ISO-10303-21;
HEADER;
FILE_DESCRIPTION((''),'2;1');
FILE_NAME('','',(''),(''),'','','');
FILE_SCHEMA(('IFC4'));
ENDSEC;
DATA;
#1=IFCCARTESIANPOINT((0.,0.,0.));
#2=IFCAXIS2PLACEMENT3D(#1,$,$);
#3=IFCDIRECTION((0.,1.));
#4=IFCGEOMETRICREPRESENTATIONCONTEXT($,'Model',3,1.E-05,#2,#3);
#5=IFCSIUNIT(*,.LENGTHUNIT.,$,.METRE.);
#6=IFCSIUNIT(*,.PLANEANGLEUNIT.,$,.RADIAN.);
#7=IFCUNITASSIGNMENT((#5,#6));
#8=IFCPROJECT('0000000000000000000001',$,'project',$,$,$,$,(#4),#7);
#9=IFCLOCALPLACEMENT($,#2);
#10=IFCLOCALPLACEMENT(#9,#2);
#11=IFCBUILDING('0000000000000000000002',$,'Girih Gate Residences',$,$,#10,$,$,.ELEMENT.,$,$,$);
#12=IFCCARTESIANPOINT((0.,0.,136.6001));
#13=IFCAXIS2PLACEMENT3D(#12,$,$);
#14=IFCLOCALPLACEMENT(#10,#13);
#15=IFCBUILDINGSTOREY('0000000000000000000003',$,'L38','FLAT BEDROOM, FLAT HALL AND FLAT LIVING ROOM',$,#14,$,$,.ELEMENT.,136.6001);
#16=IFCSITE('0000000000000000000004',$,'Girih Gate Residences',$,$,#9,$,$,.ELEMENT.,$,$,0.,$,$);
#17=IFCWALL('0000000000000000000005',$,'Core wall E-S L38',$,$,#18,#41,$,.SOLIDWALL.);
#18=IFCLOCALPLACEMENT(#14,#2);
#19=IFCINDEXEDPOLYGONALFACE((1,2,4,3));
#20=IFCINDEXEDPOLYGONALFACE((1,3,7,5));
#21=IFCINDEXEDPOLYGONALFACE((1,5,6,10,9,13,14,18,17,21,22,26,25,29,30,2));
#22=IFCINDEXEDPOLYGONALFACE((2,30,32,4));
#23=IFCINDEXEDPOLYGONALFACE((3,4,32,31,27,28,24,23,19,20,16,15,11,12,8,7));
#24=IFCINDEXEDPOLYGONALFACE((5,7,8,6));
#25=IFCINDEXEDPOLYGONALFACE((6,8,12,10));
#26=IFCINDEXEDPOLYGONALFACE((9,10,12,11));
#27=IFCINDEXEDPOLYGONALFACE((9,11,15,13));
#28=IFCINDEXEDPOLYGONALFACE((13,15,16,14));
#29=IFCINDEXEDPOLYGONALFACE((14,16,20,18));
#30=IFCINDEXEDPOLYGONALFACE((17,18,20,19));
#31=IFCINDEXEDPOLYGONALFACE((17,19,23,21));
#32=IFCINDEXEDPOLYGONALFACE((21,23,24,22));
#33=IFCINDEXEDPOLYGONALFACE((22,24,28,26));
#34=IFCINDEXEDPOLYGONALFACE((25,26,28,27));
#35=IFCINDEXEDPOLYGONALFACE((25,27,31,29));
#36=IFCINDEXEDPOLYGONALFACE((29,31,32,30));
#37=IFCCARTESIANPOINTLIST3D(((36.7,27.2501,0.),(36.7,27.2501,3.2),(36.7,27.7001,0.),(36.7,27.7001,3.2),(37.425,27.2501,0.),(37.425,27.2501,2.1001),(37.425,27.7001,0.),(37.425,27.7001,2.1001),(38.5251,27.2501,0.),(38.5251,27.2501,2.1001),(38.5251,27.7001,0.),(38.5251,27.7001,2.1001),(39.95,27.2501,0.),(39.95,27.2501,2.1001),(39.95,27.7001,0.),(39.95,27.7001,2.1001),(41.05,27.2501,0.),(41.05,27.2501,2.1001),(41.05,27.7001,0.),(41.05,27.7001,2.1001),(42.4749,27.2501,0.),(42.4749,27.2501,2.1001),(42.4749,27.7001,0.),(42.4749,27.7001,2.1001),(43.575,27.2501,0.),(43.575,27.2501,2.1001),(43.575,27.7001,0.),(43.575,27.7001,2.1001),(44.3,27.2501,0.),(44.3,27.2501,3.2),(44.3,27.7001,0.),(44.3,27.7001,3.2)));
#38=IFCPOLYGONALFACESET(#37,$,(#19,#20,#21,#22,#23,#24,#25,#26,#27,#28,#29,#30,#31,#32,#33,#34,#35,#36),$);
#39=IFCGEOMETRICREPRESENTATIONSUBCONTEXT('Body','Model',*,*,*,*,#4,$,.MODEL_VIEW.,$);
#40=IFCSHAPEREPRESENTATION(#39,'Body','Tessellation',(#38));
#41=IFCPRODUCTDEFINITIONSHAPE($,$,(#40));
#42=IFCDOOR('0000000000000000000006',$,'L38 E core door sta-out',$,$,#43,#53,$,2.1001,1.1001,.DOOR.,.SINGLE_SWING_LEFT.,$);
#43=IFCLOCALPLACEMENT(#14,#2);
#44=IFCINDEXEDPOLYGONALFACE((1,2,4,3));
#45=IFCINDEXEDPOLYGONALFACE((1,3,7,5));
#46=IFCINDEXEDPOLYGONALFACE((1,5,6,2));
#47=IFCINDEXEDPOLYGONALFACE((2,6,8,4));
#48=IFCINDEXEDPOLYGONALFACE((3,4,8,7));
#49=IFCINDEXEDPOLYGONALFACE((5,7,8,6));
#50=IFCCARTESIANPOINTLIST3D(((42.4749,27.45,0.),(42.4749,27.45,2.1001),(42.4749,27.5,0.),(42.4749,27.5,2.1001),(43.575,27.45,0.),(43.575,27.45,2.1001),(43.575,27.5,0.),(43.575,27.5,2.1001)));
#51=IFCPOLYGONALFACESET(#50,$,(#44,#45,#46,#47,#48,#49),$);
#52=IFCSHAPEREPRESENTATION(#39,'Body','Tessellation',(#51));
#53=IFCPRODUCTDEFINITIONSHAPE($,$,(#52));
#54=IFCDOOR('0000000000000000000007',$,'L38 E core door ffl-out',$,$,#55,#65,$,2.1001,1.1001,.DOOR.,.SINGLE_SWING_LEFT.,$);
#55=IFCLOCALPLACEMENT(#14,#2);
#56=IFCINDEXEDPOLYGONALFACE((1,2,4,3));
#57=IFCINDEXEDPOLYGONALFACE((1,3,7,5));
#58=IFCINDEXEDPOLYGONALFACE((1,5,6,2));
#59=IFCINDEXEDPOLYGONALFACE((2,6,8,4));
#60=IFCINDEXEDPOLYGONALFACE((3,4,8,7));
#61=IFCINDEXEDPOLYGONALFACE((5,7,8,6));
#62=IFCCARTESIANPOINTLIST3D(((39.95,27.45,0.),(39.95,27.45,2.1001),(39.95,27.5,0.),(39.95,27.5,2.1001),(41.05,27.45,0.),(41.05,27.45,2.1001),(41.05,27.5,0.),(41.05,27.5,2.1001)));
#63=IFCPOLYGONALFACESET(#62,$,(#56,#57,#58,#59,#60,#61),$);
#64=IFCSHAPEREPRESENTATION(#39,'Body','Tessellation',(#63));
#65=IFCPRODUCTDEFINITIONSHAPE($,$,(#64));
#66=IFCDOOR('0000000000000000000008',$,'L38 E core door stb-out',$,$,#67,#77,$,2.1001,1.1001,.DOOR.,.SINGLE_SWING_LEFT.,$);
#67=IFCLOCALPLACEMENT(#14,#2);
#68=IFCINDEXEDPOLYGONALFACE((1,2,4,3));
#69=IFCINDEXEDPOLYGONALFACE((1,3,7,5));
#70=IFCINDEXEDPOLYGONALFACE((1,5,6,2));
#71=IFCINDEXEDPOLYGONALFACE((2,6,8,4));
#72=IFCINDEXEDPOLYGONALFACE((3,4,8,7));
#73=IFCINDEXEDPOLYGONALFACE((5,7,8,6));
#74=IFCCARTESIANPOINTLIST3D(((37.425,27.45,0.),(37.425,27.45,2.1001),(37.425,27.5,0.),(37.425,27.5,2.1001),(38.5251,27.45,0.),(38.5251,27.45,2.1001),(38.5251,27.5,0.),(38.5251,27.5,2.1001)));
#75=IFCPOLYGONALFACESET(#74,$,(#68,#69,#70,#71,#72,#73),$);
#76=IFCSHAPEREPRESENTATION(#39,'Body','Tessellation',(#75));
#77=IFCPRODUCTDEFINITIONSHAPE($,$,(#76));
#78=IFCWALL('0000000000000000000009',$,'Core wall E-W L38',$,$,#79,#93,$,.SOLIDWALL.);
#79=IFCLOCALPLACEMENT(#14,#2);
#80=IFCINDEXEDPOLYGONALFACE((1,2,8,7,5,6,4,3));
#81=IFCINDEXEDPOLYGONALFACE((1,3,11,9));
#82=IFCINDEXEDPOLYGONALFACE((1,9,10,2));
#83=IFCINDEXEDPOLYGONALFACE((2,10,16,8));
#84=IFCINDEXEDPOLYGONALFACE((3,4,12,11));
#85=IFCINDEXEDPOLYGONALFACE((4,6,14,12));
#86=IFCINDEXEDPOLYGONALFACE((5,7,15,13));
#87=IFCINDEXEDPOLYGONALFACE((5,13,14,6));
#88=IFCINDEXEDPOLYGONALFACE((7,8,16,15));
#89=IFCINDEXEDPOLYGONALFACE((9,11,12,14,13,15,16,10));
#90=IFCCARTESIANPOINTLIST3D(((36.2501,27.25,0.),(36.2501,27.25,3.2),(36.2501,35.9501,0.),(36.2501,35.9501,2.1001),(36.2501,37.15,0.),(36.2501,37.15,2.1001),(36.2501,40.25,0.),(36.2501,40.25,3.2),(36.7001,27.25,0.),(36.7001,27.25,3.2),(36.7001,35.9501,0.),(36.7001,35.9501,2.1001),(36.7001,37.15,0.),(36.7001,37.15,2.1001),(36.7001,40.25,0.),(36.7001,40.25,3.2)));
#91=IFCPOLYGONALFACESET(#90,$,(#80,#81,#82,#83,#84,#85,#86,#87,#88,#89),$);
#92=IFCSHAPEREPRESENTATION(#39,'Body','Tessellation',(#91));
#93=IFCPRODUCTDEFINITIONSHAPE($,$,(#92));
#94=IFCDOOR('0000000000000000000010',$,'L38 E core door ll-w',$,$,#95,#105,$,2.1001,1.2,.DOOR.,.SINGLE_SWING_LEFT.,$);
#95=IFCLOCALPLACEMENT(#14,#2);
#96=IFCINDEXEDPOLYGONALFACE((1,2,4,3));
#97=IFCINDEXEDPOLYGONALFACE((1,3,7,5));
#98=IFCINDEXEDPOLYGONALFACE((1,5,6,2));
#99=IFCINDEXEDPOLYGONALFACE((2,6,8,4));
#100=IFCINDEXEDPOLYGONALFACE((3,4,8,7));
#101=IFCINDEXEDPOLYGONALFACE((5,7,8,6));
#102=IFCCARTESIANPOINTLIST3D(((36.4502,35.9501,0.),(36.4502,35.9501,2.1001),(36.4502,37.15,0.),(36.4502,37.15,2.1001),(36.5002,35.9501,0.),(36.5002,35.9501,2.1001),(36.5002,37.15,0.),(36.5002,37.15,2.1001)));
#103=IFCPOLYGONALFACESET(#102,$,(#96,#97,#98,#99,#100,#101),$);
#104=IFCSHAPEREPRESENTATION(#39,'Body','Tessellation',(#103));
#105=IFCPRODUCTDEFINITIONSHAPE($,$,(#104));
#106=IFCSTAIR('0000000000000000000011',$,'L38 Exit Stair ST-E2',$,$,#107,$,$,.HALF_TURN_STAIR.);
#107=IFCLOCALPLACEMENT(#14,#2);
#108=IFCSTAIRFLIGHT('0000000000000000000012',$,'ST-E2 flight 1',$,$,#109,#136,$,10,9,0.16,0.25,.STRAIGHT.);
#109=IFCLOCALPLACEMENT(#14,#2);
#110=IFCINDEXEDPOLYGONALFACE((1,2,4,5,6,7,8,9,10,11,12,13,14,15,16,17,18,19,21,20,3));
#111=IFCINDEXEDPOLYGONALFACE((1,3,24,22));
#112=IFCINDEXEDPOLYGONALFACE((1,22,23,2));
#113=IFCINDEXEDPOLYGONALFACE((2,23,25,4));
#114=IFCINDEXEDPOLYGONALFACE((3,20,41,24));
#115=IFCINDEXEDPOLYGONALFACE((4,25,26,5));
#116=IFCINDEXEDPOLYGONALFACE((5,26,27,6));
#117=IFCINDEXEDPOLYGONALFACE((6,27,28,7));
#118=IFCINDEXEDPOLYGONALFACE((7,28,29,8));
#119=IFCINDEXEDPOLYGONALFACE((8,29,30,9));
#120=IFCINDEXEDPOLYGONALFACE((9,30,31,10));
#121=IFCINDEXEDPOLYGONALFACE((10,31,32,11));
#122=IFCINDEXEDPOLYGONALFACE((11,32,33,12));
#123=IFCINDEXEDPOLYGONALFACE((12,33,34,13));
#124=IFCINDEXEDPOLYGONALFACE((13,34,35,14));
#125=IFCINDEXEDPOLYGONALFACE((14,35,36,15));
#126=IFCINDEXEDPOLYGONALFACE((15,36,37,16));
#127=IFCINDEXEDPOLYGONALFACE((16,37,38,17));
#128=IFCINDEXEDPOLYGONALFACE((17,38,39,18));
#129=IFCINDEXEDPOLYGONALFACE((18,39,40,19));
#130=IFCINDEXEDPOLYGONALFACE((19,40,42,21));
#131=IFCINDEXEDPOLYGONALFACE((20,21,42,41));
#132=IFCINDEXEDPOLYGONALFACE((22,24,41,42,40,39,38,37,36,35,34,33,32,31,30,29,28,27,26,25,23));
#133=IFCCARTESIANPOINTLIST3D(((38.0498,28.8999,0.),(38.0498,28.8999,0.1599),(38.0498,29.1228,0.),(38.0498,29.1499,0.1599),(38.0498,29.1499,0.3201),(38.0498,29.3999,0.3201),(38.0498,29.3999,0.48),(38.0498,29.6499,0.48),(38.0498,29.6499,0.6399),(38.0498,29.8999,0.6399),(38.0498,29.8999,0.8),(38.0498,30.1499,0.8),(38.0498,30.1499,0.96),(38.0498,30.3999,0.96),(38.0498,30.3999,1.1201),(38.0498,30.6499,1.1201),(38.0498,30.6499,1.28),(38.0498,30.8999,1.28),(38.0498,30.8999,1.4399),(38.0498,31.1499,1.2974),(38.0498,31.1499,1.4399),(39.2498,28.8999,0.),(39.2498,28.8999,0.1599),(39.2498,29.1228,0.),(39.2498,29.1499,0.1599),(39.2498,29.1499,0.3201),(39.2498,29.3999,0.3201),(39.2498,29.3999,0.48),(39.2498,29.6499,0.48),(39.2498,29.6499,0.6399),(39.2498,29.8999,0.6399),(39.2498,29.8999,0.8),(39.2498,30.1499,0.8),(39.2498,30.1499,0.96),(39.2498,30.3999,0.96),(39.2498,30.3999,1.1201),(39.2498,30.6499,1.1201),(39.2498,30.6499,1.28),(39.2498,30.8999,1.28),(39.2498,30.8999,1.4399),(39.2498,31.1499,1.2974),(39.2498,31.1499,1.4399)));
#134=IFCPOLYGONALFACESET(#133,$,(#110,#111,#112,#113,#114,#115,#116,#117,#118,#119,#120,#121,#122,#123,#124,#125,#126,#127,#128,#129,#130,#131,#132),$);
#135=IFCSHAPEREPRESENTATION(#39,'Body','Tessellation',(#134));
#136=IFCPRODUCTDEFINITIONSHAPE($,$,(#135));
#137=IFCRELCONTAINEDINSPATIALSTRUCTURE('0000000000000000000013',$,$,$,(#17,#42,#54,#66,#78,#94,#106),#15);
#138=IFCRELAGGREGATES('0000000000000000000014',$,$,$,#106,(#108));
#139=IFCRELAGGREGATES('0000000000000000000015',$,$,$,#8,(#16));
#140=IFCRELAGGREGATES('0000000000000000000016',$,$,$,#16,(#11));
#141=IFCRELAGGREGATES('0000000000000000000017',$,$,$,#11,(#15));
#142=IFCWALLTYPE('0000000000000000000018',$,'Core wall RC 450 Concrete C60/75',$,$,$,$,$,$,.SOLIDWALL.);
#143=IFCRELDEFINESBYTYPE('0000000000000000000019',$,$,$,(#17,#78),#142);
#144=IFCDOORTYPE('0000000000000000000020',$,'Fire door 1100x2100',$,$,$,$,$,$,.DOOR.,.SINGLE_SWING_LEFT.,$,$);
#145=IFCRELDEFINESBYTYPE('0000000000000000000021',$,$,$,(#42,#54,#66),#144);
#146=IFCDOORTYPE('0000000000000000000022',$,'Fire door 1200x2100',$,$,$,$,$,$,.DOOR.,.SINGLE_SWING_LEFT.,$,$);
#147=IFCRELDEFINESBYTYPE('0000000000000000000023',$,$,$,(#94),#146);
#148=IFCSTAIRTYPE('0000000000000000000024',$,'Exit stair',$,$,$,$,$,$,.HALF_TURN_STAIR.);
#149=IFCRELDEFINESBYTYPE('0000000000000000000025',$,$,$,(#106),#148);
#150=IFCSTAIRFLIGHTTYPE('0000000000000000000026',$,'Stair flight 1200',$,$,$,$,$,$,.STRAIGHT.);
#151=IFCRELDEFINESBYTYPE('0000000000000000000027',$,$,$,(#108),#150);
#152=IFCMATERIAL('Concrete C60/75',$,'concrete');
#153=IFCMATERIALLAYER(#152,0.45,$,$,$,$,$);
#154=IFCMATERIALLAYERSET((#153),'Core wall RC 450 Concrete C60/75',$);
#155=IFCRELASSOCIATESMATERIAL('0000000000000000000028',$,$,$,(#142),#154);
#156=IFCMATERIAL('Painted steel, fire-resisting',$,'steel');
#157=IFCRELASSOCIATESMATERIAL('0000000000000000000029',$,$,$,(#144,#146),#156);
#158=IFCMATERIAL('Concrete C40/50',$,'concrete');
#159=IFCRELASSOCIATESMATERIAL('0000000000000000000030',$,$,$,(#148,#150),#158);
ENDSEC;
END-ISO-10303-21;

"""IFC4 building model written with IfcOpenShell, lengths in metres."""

from ifc_helpers import new_model, si_unit, direction, frame, frame_2d, origin, place, context, subcontext, project, spatial, polyline, rectangle, outline, extrude, material, layer, layer_set, type_object, element, fill, aggregate, save


model = new_model("IFC4")

# Units and contexts
model_context = context("Model", 3, precision=1e-05, world=origin(), true_north=direction((0.0, 1.0)))
body_context = subcontext(model_context, "Body", "Model", "MODEL_VIEW")
ifc_project = project(units=[si_unit("LENGTHUNIT", "METRE"), si_unit("PLANEANGLEUNIT", "RADIAN")], contexts=[model_context])

# Site, building, storey
site_placement = place(None, origin())
site = spatial("IfcSite", under=ifc_project, at=site_placement, Name="Girih Gate Residences", CompositionType="ELEMENT", RefElevation=0.0)
building_placement = place(site_placement, origin())
building = spatial("IfcBuilding", under=site, at=building_placement, Name="Girih Gate Residences", CompositionType="ELEMENT")
storey_placement = place(building_placement, frame((0.0, 0.0, 136.6001)))
storey = spatial("IfcBuildingStorey", under=building, at=storey_placement, Name="L38", Description="FLAT BEDROOM, FLAT HALL AND FLAT LIVING ROOM", CompositionType="ELEMENT", Elevation=136.6001)

# Shared definitions
ifc_material_1 = material(Name="Concrete C60/75", Category="concrete")

# Wall, openings, doors
ifc_layer_1 = layer(ifc_material_1, 0.45)
ifc_layer_set_1 = layer_set([ifc_layer_1], Name="Core wall RC 450 Concrete C60/75")
wall_type_1 = type_object("IfcWallType", Name="Core wall RC 450 Concrete C60/75", PredefinedType="SOLIDWALL", material=ifc_layer_set_1)
wall_1_placement = place(storey_placement, frame((36.7, 27.4751, 0.0), z_axis=(0.0, 0.0, 1.0), x_axis=(1.0, 0.0, 0.0)))
wall_1 = element("IfcWall", 1, at=wall_1_placement, inside=storey, type_object=wall_type_1, Name="Core wall E-S L38", PredefinedType="SOLIDWALL", context=body_context, shape_type="SweptSolid", body=[
    extrude(rectangle(XDim=7.6001, YDim=0.45, at=frame_2d((3.8, 0.0))), origin(), (0.0, 0.0, 1.0), 3.2),
])
opening_1_placement = place(wall_1_placement, frame((5.7749, 0.0, 0.0)))
opening_1 = element("IfcOpeningElement", 2, at=opening_1_placement, cuts=wall_1, PredefinedType="OPENING", context=body_context, shape_type="SweptSolid", body=[
    extrude(rectangle(XDim=1.1001, YDim=2.1001, at=frame_2d((0.55, 1.05))), frame((0.0, 0.2349, 0.0), z_axis=(0.0, -1.0, 0.0), x_axis=(1.0, 0.0, 0.0)), (0.0, 0.0, 1.0), 0.47),
])
opening_2_placement = place(wall_1_placement, frame((3.25, 0.0, 0.0)))
opening_2 = element("IfcOpeningElement", 3, at=opening_2_placement, cuts=wall_1, PredefinedType="OPENING", context=body_context, shape_type="SweptSolid", body=[
    extrude(rectangle(XDim=1.1001, YDim=2.1001, at=frame_2d((0.55, 1.05))), frame((0.0, 0.2349, 0.0), z_axis=(0.0, -1.0, 0.0), x_axis=(1.0, 0.0, 0.0)), (0.0, 0.0, 1.0), 0.47),
])
opening_3_placement = place(wall_1_placement, frame((0.7251, 0.0, 0.0)))
opening_3 = element("IfcOpeningElement", 4, at=opening_3_placement, cuts=wall_1, PredefinedType="OPENING", context=body_context, shape_type="SweptSolid", body=[
    extrude(rectangle(XDim=1.1001, YDim=2.1001, at=frame_2d((0.55, 1.05))), frame((0.0, 0.2349, 0.0), z_axis=(0.0, -1.0, 0.0), x_axis=(1.0, 0.0, 0.0)), (0.0, 0.0, 1.0), 0.47),
])
ifc_material_2 = material(Name="Painted steel, fire-resisting", Category="steel")
door_type_1 = type_object("IfcDoorType", Name="Fire door 1100x2100", OperationType="SINGLE_SWING_LEFT", PredefinedType="DOOR", material=ifc_material_2)
door_1_placement = place(opening_1_placement, origin())
door_1 = element("IfcDoor", 5, at=door_1_placement, inside=storey, type_object=door_type_1, Name="L38 E core door sta-out", OperationType="SINGLE_SWING_LEFT", OverallHeight=2.1001, OverallWidth=1.1001, PredefinedType="DOOR", context=body_context, shape_type="SweptSolid", body=[
    extrude(rectangle(XDim=1.1001, YDim=2.1001, at=frame_2d((0.55, 1.05))), frame((0.0, 0.0249, 0.0), z_axis=(0.0, -1.0, 0.0), x_axis=(1.0, 0.0, 0.0)), (0.0, 0.0, 1.0), 0.05),
])
fill(opening_1, door_1)
door_2_placement = place(opening_2_placement, origin())
door_2 = element("IfcDoor", 6, at=door_2_placement, inside=storey, type_object=door_type_1, Name="L38 E core door ffl-out", OperationType="SINGLE_SWING_LEFT", OverallHeight=2.1001, OverallWidth=1.1001, PredefinedType="DOOR", context=body_context, shape_type="SweptSolid", body=[
    extrude(rectangle(XDim=1.1001, YDim=2.1001, at=frame_2d((0.55, 1.05))), frame((0.0, 0.0249, 0.0), z_axis=(0.0, -1.0, 0.0), x_axis=(1.0, 0.0, 0.0)), (0.0, 0.0, 1.0), 0.05),
])
fill(opening_2, door_2)
door_3_placement = place(opening_3_placement, origin())
door_3 = element("IfcDoor", 7, at=door_3_placement, inside=storey, type_object=door_type_1, Name="L38 E core door stb-out", OperationType="SINGLE_SWING_LEFT", OverallHeight=2.1001, OverallWidth=1.1001, PredefinedType="DOOR", context=body_context, shape_type="SweptSolid", body=[
    extrude(rectangle(XDim=1.1001, YDim=2.1001, at=frame_2d((0.55, 1.05))), frame((0.0, 0.0249, 0.0), z_axis=(0.0, -1.0, 0.0), x_axis=(1.0, 0.0, 0.0)), (0.0, 0.0, 1.0), 0.05),
])
fill(opening_3, door_3)

# Wall, opening, door
wall_2_placement = place(storey_placement, frame((36.4751, 27.25, 0.0), z_axis=(0.0, 0.0, 1.0), x_axis=(0.0, 1.0, 0.0)))
wall_2 = element("IfcWall", 8, at=wall_2_placement, inside=storey, type_object=wall_type_1, Name="Core wall E-W L38", PredefinedType="SOLIDWALL", context=body_context, shape_type="SweptSolid", body=[
    extrude(rectangle(XDim=13.0, YDim=0.45, at=frame_2d((6.5, 0.0))), origin(), (0.0, 0.0, 1.0), 3.2),
])
opening_4_placement = place(wall_2_placement, frame((8.7, 0.0, 0.0)))
opening_4 = element("IfcOpeningElement", 9, at=opening_4_placement, cuts=wall_2, PredefinedType="OPENING", context=body_context, shape_type="SweptSolid", body=[
    extrude(rectangle(XDim=1.2, YDim=2.1001, at=frame_2d((0.6001, 1.05))), frame((0.0, 0.2349, 0.0), z_axis=(0.0, -1.0, 0.0), x_axis=(1.0, 0.0, 0.0)), (0.0, 0.0, 1.0), 0.47),
])
door_type_2 = type_object("IfcDoorType", Name="Fire door 1200x2100", OperationType="SINGLE_SWING_LEFT", PredefinedType="DOOR", material=ifc_material_2)
door_4_placement = place(opening_4_placement, origin())
door_4 = element("IfcDoor", 10, at=door_4_placement, inside=storey, type_object=door_type_2, Name="L38 E core door ll-w", OperationType="SINGLE_SWING_LEFT", OverallHeight=2.1001, OverallWidth=1.2, PredefinedType="DOOR", context=body_context, shape_type="SweptSolid", body=[
    extrude(rectangle(XDim=1.2, YDim=2.1001, at=frame_2d((0.6001, 1.05))), frame((0.0, 0.0249, 0.0), z_axis=(0.0, -1.0, 0.0), x_axis=(1.0, 0.0, 0.0)), (0.0, 0.0, 1.0), 0.05),
])
fill(opening_4, door_4)

# Stair, stair flight
ifc_material_3 = material(Name="Concrete C40/50", Category="concrete")
stair_type = type_object("IfcStairType", Name="Exit stair", PredefinedType="HALF_TURN_STAIR", material=ifc_material_3)
stair_placement = place(storey_placement, origin())
stair = element("IfcStair", 11, at=stair_placement, inside=storey, type_object=stair_type, Name="L38 Exit Stair ST-E2", PredefinedType="HALF_TURN_STAIR")
stair_flight_type = type_object("IfcStairFlightType", Name="Stair flight 1200", PredefinedType="STRAIGHT", material=ifc_material_3)
stair_flight_placement = place(storey_placement, frame((38.6499, 28.8999, 0.0), z_axis=(0.0, 0.0, 1.0), x_axis=(0.0, 1.0, 0.0)))
stair_flight = element("IfcStairFlight", 12, at=stair_flight_placement, type_object=stair_flight_type, Name="ST-E2 flight 1", NumberOfRisers=10, NumberOfTreads=9, PredefinedType="STRAIGHT", RiserHeight=0.16, TreadLength=0.25, context=body_context, shape_type="SweptSolid", body=[
    extrude(outline(polyline([(0.0, 0.0), (0.0, 0.1599), (0.25, 0.1599), (0.25, 0.3201), (0.5, 0.3201), (0.5, 0.48), (0.75, 0.48), (0.75, 0.6399), (1.0, 0.6399), (1.0, 0.8), (1.25, 0.8), (1.25, 0.96), (1.5, 0.96), (1.5, 1.1201), (1.75, 1.1201), (1.75, 1.28), (2.0, 1.28), (2.0, 1.4399), (2.25, 1.4399), (2.25, 1.6001), (2.25, 1.2974), (0.2229, 0.0), (0.0, 0.0)])), frame((0.0, 0.6001, 0.0), z_axis=(0.0, -1.0, 0.0), x_axis=(1.0, 0.0, 0.0)), (0.0, 0.0, 1.0), 1.2),
])
aggregate(stair, [stair_flight])

save(model, "model.ifc")
